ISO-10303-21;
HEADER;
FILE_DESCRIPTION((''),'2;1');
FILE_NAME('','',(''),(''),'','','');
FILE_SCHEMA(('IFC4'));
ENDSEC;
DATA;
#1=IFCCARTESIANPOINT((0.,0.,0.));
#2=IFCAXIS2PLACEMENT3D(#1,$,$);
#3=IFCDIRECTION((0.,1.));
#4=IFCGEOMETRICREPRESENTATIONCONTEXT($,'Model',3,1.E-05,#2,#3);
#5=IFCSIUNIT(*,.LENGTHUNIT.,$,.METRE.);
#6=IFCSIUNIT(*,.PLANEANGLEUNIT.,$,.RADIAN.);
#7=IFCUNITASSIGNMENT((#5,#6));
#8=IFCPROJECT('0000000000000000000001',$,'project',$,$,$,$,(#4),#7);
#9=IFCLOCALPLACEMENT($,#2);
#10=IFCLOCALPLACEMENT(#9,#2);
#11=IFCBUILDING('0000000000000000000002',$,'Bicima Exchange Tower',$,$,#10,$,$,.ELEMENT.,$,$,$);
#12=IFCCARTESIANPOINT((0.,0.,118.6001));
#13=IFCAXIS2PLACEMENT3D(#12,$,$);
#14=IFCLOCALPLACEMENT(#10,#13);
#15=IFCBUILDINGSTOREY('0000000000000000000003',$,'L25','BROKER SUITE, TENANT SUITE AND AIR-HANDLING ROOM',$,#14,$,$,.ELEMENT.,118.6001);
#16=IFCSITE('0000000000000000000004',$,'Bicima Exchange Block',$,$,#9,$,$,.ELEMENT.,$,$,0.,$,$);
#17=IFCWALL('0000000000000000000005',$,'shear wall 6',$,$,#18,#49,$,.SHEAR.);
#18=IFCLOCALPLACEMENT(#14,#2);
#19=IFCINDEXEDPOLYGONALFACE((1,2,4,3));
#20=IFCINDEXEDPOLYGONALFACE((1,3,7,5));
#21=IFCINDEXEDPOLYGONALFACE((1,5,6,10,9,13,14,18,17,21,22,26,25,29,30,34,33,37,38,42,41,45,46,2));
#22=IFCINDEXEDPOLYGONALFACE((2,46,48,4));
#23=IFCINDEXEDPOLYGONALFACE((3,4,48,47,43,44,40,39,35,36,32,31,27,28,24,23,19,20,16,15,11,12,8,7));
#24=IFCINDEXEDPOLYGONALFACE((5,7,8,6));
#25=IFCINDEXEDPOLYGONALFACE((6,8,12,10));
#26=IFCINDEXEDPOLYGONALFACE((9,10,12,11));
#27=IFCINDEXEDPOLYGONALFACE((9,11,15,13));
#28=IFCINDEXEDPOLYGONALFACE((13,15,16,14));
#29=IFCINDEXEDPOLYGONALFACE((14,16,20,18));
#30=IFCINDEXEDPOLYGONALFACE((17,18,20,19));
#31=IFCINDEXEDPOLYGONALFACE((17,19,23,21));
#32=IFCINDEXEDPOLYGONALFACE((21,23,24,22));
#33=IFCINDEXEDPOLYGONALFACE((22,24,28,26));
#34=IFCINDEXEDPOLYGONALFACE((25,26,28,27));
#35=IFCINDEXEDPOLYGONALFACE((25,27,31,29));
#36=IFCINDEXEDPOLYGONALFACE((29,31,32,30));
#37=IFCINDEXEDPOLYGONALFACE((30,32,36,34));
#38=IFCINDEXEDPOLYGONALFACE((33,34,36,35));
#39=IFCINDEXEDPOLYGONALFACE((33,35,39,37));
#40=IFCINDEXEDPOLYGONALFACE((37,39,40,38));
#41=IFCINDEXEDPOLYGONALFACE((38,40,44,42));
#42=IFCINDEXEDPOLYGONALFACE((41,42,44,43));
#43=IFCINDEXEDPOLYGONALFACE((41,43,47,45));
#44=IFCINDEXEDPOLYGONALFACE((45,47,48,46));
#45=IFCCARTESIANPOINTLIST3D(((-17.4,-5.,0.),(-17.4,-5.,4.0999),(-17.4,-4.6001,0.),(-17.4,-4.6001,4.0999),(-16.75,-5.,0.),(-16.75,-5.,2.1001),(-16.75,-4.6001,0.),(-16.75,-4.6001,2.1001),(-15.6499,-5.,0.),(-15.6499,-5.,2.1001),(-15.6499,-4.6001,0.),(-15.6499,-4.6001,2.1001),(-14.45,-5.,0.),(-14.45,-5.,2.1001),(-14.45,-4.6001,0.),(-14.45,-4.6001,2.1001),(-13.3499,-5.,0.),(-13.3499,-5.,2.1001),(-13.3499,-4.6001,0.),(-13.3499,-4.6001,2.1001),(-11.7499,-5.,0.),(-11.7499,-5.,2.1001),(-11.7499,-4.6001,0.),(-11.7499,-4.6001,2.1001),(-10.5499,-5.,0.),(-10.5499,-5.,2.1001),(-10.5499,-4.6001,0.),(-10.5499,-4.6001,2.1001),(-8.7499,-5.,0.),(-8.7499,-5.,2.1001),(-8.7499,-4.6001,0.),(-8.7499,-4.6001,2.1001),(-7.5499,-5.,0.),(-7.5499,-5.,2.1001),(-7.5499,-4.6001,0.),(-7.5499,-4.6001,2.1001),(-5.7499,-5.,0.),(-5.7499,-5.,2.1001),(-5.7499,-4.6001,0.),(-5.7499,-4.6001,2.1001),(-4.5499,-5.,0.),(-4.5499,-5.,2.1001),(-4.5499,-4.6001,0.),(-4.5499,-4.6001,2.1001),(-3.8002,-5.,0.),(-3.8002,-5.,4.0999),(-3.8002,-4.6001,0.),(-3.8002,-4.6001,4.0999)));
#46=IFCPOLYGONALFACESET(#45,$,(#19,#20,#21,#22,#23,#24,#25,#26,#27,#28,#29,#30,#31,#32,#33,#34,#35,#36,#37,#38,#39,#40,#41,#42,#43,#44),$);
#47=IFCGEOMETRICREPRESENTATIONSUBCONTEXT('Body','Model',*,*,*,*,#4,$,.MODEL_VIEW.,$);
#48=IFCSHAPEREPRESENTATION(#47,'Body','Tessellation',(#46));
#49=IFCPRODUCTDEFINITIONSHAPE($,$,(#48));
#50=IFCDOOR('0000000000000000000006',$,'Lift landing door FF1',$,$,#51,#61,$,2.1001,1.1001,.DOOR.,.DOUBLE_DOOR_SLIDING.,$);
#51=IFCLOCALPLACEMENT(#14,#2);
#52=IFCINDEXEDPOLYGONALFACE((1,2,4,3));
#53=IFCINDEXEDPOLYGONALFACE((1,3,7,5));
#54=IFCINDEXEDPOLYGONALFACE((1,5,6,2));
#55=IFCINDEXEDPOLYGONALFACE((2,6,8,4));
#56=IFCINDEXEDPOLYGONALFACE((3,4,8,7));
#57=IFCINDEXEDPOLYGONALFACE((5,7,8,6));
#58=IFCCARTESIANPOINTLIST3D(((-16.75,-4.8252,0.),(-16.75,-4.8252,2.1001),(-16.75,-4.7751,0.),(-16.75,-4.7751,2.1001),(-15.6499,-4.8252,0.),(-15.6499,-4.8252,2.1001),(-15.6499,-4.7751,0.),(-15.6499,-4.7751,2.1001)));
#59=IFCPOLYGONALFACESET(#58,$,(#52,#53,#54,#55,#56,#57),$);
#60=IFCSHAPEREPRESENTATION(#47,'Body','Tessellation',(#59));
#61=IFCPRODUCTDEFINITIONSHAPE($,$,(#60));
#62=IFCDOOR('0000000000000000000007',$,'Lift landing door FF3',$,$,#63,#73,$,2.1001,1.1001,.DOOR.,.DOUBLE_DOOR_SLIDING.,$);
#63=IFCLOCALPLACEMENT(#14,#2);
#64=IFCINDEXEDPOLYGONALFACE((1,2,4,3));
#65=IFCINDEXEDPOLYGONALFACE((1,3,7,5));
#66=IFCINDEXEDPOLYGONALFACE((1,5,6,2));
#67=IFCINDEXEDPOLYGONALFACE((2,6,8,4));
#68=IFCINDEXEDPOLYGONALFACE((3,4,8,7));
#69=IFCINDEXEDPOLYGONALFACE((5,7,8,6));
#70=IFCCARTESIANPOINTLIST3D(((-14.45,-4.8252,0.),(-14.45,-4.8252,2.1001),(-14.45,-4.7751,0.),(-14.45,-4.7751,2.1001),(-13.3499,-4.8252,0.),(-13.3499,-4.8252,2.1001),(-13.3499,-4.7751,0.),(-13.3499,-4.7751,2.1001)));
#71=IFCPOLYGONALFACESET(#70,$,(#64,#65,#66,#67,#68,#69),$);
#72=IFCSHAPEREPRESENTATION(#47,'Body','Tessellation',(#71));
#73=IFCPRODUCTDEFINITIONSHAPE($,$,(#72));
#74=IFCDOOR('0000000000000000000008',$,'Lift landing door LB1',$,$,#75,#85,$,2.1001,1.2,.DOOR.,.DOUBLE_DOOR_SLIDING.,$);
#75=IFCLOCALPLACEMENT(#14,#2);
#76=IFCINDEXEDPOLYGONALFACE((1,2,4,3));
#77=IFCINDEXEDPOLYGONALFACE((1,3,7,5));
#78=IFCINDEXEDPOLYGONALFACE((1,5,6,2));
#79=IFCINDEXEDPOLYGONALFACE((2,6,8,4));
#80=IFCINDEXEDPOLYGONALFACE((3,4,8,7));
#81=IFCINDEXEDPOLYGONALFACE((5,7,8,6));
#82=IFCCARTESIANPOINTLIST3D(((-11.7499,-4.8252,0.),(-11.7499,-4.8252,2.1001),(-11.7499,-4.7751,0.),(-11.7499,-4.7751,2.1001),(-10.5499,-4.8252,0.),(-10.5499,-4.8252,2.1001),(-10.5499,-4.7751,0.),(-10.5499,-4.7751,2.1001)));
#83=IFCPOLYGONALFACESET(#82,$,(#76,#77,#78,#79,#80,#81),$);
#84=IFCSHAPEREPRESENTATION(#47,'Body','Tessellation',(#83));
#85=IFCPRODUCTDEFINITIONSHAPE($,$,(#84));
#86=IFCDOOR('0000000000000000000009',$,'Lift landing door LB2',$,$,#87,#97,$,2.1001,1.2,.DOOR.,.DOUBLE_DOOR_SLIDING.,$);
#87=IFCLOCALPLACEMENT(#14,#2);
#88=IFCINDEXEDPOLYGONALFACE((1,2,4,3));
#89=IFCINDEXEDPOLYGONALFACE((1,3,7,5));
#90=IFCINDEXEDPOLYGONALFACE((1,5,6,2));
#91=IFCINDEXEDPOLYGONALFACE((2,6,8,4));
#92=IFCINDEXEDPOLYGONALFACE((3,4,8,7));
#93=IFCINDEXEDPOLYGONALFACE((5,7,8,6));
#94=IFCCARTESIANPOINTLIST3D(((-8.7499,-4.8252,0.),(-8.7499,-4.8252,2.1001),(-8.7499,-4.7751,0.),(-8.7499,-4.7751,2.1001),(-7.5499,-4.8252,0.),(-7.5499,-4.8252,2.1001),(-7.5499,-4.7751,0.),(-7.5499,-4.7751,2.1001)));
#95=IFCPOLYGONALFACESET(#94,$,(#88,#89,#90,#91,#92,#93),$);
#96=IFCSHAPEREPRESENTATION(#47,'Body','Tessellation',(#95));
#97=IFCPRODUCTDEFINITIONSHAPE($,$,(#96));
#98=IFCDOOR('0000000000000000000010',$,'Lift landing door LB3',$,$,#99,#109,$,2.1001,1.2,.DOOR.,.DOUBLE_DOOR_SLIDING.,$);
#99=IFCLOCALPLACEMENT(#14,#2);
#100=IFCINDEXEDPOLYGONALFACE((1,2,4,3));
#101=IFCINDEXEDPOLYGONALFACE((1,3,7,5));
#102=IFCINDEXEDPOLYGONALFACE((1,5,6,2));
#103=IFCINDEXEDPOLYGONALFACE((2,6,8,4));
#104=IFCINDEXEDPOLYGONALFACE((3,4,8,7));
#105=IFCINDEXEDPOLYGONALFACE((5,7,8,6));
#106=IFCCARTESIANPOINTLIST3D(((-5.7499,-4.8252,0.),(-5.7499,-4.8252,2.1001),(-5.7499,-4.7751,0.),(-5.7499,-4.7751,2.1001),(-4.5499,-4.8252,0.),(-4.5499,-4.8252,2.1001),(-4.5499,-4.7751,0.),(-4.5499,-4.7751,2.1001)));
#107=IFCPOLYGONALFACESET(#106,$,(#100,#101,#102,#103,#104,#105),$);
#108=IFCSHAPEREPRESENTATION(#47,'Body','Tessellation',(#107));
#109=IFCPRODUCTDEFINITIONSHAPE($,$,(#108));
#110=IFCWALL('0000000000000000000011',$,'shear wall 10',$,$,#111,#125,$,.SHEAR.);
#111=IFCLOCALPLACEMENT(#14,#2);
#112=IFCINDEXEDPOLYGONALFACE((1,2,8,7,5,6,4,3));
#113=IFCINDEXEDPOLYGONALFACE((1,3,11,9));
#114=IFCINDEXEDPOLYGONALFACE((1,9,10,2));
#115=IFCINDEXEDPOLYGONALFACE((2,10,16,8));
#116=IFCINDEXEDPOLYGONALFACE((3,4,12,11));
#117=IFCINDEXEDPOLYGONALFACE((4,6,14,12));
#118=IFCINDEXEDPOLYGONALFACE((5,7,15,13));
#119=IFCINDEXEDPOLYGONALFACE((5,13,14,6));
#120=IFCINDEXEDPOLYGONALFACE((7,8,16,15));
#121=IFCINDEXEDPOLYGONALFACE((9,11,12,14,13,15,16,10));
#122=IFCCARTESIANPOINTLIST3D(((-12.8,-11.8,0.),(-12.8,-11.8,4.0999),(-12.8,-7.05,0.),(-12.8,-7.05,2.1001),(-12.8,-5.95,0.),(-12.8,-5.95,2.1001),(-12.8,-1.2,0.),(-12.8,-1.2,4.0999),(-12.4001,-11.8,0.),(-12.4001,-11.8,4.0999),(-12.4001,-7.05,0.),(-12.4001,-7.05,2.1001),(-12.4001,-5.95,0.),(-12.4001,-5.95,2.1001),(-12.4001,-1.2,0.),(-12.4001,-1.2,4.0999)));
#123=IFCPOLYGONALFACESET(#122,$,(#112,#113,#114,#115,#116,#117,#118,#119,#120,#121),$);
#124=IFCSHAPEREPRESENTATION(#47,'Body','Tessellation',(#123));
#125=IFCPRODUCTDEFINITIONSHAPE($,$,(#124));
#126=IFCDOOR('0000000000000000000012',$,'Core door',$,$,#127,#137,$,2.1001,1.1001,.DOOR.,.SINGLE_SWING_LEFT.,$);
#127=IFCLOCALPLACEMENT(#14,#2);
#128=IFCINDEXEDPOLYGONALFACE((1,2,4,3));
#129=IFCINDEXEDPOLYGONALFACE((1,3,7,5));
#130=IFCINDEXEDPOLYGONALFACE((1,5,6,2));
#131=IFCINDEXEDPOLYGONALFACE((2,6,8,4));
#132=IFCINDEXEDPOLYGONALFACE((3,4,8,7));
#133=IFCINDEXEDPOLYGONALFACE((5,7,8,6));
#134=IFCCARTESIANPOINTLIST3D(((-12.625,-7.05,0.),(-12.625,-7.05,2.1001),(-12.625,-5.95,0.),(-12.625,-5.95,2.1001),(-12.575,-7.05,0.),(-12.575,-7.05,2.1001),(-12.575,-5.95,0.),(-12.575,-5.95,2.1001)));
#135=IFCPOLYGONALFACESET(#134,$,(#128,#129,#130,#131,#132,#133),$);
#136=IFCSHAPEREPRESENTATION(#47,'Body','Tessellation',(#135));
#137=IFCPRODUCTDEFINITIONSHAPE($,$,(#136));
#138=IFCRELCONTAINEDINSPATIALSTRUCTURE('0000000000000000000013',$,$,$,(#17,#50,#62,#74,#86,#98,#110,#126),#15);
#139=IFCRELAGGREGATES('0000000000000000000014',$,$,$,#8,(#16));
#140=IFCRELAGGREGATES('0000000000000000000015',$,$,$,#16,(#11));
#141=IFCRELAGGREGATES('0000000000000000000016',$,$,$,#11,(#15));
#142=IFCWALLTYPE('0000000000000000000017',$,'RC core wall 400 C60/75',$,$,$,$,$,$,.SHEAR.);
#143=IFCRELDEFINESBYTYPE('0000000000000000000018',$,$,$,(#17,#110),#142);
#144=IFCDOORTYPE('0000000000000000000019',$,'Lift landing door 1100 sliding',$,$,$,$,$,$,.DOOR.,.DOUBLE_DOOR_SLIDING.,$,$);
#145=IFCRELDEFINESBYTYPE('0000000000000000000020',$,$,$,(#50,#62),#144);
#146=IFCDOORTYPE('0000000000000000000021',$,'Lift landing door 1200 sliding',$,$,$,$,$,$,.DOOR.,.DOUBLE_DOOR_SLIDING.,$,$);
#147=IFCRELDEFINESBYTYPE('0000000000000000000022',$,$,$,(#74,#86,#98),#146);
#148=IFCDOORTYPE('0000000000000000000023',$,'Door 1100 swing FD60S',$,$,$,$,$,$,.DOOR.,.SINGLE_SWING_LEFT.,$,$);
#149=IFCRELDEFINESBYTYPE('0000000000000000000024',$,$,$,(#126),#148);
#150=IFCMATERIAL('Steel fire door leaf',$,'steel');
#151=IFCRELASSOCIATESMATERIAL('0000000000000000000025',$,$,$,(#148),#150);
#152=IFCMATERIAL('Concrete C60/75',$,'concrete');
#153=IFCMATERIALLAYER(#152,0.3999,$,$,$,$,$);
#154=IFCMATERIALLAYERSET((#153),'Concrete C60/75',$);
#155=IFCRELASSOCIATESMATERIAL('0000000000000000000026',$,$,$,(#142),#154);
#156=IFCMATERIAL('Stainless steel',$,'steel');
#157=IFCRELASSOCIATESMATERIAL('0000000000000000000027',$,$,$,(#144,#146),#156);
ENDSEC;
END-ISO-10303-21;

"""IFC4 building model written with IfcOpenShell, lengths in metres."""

from ifc_helpers import new_model, si_unit, direction, frame, frame_2d, origin, place, context, subcontext, project, spatial, rectangle, extrude, material, layer, layer_set, type_object, element, fill, save


model = new_model("IFC4")

# Units and contexts
model_context = context("Model", 3, precision=1e-05, world=origin(), true_north=direction((0.0, 1.0)))
body_context = subcontext(model_context, "Body", "Model", "MODEL_VIEW")
ifc_project = project(units=[si_unit("LENGTHUNIT", "METRE"), si_unit("PLANEANGLEUNIT", "RADIAN")], contexts=[model_context])

# Site, building, storey
site_placement = place(None, origin())
site = spatial("IfcSite", under=ifc_project, at=site_placement, Name="Bicima Exchange Block", CompositionType="ELEMENT", RefElevation=0.0)
building_placement = place(site_placement, origin())
building = spatial("IfcBuilding", under=site, at=building_placement, Name="Bicima Exchange Tower", CompositionType="ELEMENT")
storey_placement = place(building_placement, frame((0.0, 0.0, 118.6001)))
storey = spatial("IfcBuildingStorey", under=building, at=storey_placement, Name="L25", Description="BROKER SUITE, TENANT SUITE AND AIR-HANDLING ROOM", CompositionType="ELEMENT", Elevation=118.6001)

# Shared definitions
ifc_material_1 = material(Name="Concrete C60/75", Category="concrete")

# Shared definitions
ifc_material_2 = material(Name="Steel fire door leaf", Category="steel")

# Shared definitions
door_type_1 = type_object("IfcDoorType", Name="Door 1100 swing FD60S", OperationType="SINGLE_SWING_LEFT", PredefinedType="DOOR", material=ifc_material_2)

# Shared definitions
ifc_layer_1 = layer(ifc_material_1, 0.3999)
ifc_layer_set_1 = layer_set([ifc_layer_1], Name="Concrete C60/75")
wall_type_1 = type_object("IfcWallType", Name="RC core wall 400 C60/75", PredefinedType="SHEAR", material=ifc_layer_set_1)

# Wall, openings, doors
wall_1_placement = place(storey_placement, frame((-17.3999, -4.8, 0.0), z_axis=(0.0, 0.0, 1.0), x_axis=(1.0, 0.0, 0.0)))
wall_1 = element("IfcWall", 1, at=wall_1_placement, inside=storey, type_object=wall_type_1, Name="shear wall 6", PredefinedType="SHEAR", context=body_context, shape_type="SweptSolid", body=[
    extrude(rectangle(XDim=13.5999, YDim=0.3999, at=frame_2d((6.7998, 0.0))), origin(), (0.0, 0.0, 1.0), 4.0999),
])
opening_1_placement = place(wall_1_placement, frame((0.6499, 0.0, 0.0)))
opening_1 = element("IfcOpeningElement", 2, at=opening_1_placement, cuts=wall_1, PredefinedType="OPENING", context=body_context, shape_type="SweptSolid", body=[
    extrude(rectangle(XDim=1.1001, YDim=2.1001, at=frame_2d((0.55, 1.05))), frame((0.0, 0.2119, 0.0), z_axis=(0.0, -1.0, 0.0), x_axis=(1.0, 0.0, 0.0)), (0.0, 0.0, 1.0), 0.4238),
])
opening_2_placement = place(wall_1_placement, frame((2.95, 0.0, 0.0)))
opening_2 = element("IfcOpeningElement", 3, at=opening_2_placement, cuts=wall_1, PredefinedType="OPENING", context=body_context, shape_type="SweptSolid", body=[
    extrude(rectangle(XDim=1.1001, YDim=2.1001, at=frame_2d((0.55, 1.05))), frame((0.0, 0.2119, 0.0), z_axis=(0.0, -1.0, 0.0), x_axis=(1.0, 0.0, 0.0)), (0.0, 0.0, 1.0), 0.4238),
])
opening_3_placement = place(wall_1_placement, frame((5.6499, 0.0, 0.0)))
opening_3 = element("IfcOpeningElement", 4, at=opening_3_placement, cuts=wall_1, PredefinedType="OPENING", context=body_context, shape_type="SweptSolid", body=[
    extrude(rectangle(XDim=1.2, YDim=2.1001, at=frame_2d((0.6001, 1.05))), frame((0.0, 0.2119, 0.0), z_axis=(0.0, -1.0, 0.0), x_axis=(1.0, 0.0, 0.0)), (0.0, 0.0, 1.0), 0.4238),
])
opening_4_placement = place(wall_1_placement, frame((8.6499, 0.0, 0.0)))
opening_4 = element("IfcOpeningElement", 5, at=opening_4_placement, cuts=wall_1, PredefinedType="OPENING", context=body_context, shape_type="SweptSolid", body=[
    extrude(rectangle(XDim=1.2, YDim=2.1001, at=frame_2d((0.6001, 1.05))), frame((0.0, 0.2119, 0.0), z_axis=(0.0, -1.0, 0.0), x_axis=(1.0, 0.0, 0.0)), (0.0, 0.0, 1.0), 0.4238),
])
opening_5_placement = place(wall_1_placement, frame((11.6499, 0.0, 0.0)))
opening_5 = element("IfcOpeningElement", 6, at=opening_5_placement, cuts=wall_1, PredefinedType="OPENING", context=body_context, shape_type="SweptSolid", body=[
    extrude(rectangle(XDim=1.2, YDim=2.1001, at=frame_2d((0.6001, 1.05))), frame((0.0, 0.2119, 0.0), z_axis=(0.0, -1.0, 0.0), x_axis=(1.0, 0.0, 0.0)), (0.0, 0.0, 1.0), 0.4238),
])
ifc_material_3 = material(Name="Stainless steel", Category="steel")
door_type_2 = type_object("IfcDoorType", Name="Lift landing door 1100 sliding", OperationType="DOUBLE_DOOR_SLIDING", PredefinedType="DOOR", material=ifc_material_3)
door_1_placement = place(opening_1_placement, origin())
door_1 = element("IfcDoor", 7, at=door_1_placement, inside=storey, type_object=door_type_2, Name="Lift landing door FF1", OperationType="DOUBLE_DOOR_SLIDING", OverallHeight=2.1001, OverallWidth=1.1001, PredefinedType="DOOR", context=body_context, shape_type="SweptSolid", body=[
    extrude(rectangle(XDim=1.1001, YDim=2.1001, at=frame_2d((0.55, 1.05))), frame((0.0, 0.0249, 0.0), z_axis=(0.0, -1.0, 0.0), x_axis=(1.0, 0.0, 0.0)), (0.0, 0.0, 1.0), 0.05),
])
fill(opening_1, door_1)
door_2_placement = place(opening_2_placement, origin())
door_2 = element("IfcDoor", 8, at=door_2_placement, inside=storey, type_object=door_type_2, Name="Lift landing door FF3", OperationType="DOUBLE_DOOR_SLIDING", OverallHeight=2.1001, OverallWidth=1.1001, PredefinedType="DOOR", context=body_context, shape_type="SweptSolid", body=[
    extrude(rectangle(XDim=1.1001, YDim=2.1001, at=frame_2d((0.55, 1.05))), frame((0.0, 0.0249, 0.0), z_axis=(0.0, -1.0, 0.0), x_axis=(1.0, 0.0, 0.0)), (0.0, 0.0, 1.0), 0.05),
])
fill(opening_2, door_2)
door_type_3 = type_object("IfcDoorType", Name="Lift landing door 1200 sliding", OperationType="DOUBLE_DOOR_SLIDING", PredefinedType="DOOR", material=ifc_material_3)
door_3_placement = place(opening_3_placement, origin())
door_3 = element("IfcDoor", 9, at=door_3_placement, inside=storey, type_object=door_type_3, Name="Lift landing door LB1", OperationType="DOUBLE_DOOR_SLIDING", OverallHeight=2.1001, OverallWidth=1.2, PredefinedType="DOOR", context=body_context, shape_type="SweptSolid", body=[
    extrude(rectangle(XDim=1.2, YDim=2.1001, at=frame_2d((0.6001, 1.05))), frame((0.0, 0.0249, 0.0), z_axis=(0.0, -1.0, 0.0), x_axis=(1.0, 0.0, 0.0)), (0.0, 0.0, 1.0), 0.05),
])
fill(opening_3, door_3)
door_4_placement = place(opening_4_placement, origin())
door_4 = element("IfcDoor", 10, at=door_4_placement, inside=storey, type_object=door_type_3, Name="Lift landing door LB2", OperationType="DOUBLE_DOOR_SLIDING", OverallHeight=2.1001, OverallWidth=1.2, PredefinedType="DOOR", context=body_context, shape_type="SweptSolid", body=[
    extrude(rectangle(XDim=1.2, YDim=2.1001, at=frame_2d((0.6001, 1.05))), frame((0.0, 0.0249, 0.0), z_axis=(0.0, -1.0, 0.0), x_axis=(1.0, 0.0, 0.0)), (0.0, 0.0, 1.0), 0.05),
])
fill(opening_4, door_4)
door_5_placement = place(opening_5_placement, origin())
door_5 = element("IfcDoor", 11, at=door_5_placement, inside=storey, type_object=door_type_3, Name="Lift landing door LB3", OperationType="DOUBLE_DOOR_SLIDING", OverallHeight=2.1001, OverallWidth=1.2, PredefinedType="DOOR", context=body_context, shape_type="SweptSolid", body=[
    extrude(rectangle(XDim=1.2, YDim=2.1001, at=frame_2d((0.6001, 1.05))), frame((0.0, 0.0249, 0.0), z_axis=(0.0, -1.0, 0.0), x_axis=(1.0, 0.0, 0.0)), (0.0, 0.0, 1.0), 0.05),
])
fill(opening_5, door_5)

# Wall, opening, door
wall_2_placement = place(storey_placement, frame((-12.6001, -11.8, 0.0), z_axis=(0.0, 0.0, 1.0), x_axis=(0.0, 1.0, 0.0)))
wall_2 = element("IfcWall", 12, at=wall_2_placement, inside=storey, type_object=wall_type_1, Name="shear wall 10", PredefinedType="SHEAR", context=body_context, shape_type="SweptSolid", body=[
    extrude(rectangle(XDim=10.6001, YDim=0.3999, at=frame_2d((5.3, 0.0))), origin(), (0.0, 0.0, 1.0), 4.0999),
])
opening_6_placement = place(wall_2_placement, frame((4.75, 0.0, 0.0)))
opening_6 = element("IfcOpeningElement", 13, at=opening_6_placement, cuts=wall_2, PredefinedType="OPENING", context=body_context, shape_type="SweptSolid", body=[
    extrude(rectangle(XDim=1.1001, YDim=2.1001, at=frame_2d((0.55, 1.05))), frame((0.0, 0.2119, 0.0), z_axis=(0.0, -1.0, 0.0), x_axis=(1.0, 0.0, 0.0)), (0.0, 0.0, 1.0), 0.4238),
])
door_6_placement = place(opening_6_placement, origin())
door_6 = element("IfcDoor", 14, at=door_6_placement, inside=storey, type_object=door_type_1, Name="Core door", OperationType="SINGLE_SWING_LEFT", OverallHeight=2.1001, OverallWidth=1.1001, PredefinedType="DOOR", context=body_context, shape_type="SweptSolid", body=[
    extrude(rectangle(XDim=1.1001, YDim=2.1001, at=frame_2d((0.55, 1.05))), frame((0.0, 0.0249, 0.0), z_axis=(0.0, -1.0, 0.0), x_axis=(1.0, 0.0, 0.0)), (0.0, 0.0, 1.0), 0.05),
])
fill(opening_6, door_6)

save(model, "model.ifc")
